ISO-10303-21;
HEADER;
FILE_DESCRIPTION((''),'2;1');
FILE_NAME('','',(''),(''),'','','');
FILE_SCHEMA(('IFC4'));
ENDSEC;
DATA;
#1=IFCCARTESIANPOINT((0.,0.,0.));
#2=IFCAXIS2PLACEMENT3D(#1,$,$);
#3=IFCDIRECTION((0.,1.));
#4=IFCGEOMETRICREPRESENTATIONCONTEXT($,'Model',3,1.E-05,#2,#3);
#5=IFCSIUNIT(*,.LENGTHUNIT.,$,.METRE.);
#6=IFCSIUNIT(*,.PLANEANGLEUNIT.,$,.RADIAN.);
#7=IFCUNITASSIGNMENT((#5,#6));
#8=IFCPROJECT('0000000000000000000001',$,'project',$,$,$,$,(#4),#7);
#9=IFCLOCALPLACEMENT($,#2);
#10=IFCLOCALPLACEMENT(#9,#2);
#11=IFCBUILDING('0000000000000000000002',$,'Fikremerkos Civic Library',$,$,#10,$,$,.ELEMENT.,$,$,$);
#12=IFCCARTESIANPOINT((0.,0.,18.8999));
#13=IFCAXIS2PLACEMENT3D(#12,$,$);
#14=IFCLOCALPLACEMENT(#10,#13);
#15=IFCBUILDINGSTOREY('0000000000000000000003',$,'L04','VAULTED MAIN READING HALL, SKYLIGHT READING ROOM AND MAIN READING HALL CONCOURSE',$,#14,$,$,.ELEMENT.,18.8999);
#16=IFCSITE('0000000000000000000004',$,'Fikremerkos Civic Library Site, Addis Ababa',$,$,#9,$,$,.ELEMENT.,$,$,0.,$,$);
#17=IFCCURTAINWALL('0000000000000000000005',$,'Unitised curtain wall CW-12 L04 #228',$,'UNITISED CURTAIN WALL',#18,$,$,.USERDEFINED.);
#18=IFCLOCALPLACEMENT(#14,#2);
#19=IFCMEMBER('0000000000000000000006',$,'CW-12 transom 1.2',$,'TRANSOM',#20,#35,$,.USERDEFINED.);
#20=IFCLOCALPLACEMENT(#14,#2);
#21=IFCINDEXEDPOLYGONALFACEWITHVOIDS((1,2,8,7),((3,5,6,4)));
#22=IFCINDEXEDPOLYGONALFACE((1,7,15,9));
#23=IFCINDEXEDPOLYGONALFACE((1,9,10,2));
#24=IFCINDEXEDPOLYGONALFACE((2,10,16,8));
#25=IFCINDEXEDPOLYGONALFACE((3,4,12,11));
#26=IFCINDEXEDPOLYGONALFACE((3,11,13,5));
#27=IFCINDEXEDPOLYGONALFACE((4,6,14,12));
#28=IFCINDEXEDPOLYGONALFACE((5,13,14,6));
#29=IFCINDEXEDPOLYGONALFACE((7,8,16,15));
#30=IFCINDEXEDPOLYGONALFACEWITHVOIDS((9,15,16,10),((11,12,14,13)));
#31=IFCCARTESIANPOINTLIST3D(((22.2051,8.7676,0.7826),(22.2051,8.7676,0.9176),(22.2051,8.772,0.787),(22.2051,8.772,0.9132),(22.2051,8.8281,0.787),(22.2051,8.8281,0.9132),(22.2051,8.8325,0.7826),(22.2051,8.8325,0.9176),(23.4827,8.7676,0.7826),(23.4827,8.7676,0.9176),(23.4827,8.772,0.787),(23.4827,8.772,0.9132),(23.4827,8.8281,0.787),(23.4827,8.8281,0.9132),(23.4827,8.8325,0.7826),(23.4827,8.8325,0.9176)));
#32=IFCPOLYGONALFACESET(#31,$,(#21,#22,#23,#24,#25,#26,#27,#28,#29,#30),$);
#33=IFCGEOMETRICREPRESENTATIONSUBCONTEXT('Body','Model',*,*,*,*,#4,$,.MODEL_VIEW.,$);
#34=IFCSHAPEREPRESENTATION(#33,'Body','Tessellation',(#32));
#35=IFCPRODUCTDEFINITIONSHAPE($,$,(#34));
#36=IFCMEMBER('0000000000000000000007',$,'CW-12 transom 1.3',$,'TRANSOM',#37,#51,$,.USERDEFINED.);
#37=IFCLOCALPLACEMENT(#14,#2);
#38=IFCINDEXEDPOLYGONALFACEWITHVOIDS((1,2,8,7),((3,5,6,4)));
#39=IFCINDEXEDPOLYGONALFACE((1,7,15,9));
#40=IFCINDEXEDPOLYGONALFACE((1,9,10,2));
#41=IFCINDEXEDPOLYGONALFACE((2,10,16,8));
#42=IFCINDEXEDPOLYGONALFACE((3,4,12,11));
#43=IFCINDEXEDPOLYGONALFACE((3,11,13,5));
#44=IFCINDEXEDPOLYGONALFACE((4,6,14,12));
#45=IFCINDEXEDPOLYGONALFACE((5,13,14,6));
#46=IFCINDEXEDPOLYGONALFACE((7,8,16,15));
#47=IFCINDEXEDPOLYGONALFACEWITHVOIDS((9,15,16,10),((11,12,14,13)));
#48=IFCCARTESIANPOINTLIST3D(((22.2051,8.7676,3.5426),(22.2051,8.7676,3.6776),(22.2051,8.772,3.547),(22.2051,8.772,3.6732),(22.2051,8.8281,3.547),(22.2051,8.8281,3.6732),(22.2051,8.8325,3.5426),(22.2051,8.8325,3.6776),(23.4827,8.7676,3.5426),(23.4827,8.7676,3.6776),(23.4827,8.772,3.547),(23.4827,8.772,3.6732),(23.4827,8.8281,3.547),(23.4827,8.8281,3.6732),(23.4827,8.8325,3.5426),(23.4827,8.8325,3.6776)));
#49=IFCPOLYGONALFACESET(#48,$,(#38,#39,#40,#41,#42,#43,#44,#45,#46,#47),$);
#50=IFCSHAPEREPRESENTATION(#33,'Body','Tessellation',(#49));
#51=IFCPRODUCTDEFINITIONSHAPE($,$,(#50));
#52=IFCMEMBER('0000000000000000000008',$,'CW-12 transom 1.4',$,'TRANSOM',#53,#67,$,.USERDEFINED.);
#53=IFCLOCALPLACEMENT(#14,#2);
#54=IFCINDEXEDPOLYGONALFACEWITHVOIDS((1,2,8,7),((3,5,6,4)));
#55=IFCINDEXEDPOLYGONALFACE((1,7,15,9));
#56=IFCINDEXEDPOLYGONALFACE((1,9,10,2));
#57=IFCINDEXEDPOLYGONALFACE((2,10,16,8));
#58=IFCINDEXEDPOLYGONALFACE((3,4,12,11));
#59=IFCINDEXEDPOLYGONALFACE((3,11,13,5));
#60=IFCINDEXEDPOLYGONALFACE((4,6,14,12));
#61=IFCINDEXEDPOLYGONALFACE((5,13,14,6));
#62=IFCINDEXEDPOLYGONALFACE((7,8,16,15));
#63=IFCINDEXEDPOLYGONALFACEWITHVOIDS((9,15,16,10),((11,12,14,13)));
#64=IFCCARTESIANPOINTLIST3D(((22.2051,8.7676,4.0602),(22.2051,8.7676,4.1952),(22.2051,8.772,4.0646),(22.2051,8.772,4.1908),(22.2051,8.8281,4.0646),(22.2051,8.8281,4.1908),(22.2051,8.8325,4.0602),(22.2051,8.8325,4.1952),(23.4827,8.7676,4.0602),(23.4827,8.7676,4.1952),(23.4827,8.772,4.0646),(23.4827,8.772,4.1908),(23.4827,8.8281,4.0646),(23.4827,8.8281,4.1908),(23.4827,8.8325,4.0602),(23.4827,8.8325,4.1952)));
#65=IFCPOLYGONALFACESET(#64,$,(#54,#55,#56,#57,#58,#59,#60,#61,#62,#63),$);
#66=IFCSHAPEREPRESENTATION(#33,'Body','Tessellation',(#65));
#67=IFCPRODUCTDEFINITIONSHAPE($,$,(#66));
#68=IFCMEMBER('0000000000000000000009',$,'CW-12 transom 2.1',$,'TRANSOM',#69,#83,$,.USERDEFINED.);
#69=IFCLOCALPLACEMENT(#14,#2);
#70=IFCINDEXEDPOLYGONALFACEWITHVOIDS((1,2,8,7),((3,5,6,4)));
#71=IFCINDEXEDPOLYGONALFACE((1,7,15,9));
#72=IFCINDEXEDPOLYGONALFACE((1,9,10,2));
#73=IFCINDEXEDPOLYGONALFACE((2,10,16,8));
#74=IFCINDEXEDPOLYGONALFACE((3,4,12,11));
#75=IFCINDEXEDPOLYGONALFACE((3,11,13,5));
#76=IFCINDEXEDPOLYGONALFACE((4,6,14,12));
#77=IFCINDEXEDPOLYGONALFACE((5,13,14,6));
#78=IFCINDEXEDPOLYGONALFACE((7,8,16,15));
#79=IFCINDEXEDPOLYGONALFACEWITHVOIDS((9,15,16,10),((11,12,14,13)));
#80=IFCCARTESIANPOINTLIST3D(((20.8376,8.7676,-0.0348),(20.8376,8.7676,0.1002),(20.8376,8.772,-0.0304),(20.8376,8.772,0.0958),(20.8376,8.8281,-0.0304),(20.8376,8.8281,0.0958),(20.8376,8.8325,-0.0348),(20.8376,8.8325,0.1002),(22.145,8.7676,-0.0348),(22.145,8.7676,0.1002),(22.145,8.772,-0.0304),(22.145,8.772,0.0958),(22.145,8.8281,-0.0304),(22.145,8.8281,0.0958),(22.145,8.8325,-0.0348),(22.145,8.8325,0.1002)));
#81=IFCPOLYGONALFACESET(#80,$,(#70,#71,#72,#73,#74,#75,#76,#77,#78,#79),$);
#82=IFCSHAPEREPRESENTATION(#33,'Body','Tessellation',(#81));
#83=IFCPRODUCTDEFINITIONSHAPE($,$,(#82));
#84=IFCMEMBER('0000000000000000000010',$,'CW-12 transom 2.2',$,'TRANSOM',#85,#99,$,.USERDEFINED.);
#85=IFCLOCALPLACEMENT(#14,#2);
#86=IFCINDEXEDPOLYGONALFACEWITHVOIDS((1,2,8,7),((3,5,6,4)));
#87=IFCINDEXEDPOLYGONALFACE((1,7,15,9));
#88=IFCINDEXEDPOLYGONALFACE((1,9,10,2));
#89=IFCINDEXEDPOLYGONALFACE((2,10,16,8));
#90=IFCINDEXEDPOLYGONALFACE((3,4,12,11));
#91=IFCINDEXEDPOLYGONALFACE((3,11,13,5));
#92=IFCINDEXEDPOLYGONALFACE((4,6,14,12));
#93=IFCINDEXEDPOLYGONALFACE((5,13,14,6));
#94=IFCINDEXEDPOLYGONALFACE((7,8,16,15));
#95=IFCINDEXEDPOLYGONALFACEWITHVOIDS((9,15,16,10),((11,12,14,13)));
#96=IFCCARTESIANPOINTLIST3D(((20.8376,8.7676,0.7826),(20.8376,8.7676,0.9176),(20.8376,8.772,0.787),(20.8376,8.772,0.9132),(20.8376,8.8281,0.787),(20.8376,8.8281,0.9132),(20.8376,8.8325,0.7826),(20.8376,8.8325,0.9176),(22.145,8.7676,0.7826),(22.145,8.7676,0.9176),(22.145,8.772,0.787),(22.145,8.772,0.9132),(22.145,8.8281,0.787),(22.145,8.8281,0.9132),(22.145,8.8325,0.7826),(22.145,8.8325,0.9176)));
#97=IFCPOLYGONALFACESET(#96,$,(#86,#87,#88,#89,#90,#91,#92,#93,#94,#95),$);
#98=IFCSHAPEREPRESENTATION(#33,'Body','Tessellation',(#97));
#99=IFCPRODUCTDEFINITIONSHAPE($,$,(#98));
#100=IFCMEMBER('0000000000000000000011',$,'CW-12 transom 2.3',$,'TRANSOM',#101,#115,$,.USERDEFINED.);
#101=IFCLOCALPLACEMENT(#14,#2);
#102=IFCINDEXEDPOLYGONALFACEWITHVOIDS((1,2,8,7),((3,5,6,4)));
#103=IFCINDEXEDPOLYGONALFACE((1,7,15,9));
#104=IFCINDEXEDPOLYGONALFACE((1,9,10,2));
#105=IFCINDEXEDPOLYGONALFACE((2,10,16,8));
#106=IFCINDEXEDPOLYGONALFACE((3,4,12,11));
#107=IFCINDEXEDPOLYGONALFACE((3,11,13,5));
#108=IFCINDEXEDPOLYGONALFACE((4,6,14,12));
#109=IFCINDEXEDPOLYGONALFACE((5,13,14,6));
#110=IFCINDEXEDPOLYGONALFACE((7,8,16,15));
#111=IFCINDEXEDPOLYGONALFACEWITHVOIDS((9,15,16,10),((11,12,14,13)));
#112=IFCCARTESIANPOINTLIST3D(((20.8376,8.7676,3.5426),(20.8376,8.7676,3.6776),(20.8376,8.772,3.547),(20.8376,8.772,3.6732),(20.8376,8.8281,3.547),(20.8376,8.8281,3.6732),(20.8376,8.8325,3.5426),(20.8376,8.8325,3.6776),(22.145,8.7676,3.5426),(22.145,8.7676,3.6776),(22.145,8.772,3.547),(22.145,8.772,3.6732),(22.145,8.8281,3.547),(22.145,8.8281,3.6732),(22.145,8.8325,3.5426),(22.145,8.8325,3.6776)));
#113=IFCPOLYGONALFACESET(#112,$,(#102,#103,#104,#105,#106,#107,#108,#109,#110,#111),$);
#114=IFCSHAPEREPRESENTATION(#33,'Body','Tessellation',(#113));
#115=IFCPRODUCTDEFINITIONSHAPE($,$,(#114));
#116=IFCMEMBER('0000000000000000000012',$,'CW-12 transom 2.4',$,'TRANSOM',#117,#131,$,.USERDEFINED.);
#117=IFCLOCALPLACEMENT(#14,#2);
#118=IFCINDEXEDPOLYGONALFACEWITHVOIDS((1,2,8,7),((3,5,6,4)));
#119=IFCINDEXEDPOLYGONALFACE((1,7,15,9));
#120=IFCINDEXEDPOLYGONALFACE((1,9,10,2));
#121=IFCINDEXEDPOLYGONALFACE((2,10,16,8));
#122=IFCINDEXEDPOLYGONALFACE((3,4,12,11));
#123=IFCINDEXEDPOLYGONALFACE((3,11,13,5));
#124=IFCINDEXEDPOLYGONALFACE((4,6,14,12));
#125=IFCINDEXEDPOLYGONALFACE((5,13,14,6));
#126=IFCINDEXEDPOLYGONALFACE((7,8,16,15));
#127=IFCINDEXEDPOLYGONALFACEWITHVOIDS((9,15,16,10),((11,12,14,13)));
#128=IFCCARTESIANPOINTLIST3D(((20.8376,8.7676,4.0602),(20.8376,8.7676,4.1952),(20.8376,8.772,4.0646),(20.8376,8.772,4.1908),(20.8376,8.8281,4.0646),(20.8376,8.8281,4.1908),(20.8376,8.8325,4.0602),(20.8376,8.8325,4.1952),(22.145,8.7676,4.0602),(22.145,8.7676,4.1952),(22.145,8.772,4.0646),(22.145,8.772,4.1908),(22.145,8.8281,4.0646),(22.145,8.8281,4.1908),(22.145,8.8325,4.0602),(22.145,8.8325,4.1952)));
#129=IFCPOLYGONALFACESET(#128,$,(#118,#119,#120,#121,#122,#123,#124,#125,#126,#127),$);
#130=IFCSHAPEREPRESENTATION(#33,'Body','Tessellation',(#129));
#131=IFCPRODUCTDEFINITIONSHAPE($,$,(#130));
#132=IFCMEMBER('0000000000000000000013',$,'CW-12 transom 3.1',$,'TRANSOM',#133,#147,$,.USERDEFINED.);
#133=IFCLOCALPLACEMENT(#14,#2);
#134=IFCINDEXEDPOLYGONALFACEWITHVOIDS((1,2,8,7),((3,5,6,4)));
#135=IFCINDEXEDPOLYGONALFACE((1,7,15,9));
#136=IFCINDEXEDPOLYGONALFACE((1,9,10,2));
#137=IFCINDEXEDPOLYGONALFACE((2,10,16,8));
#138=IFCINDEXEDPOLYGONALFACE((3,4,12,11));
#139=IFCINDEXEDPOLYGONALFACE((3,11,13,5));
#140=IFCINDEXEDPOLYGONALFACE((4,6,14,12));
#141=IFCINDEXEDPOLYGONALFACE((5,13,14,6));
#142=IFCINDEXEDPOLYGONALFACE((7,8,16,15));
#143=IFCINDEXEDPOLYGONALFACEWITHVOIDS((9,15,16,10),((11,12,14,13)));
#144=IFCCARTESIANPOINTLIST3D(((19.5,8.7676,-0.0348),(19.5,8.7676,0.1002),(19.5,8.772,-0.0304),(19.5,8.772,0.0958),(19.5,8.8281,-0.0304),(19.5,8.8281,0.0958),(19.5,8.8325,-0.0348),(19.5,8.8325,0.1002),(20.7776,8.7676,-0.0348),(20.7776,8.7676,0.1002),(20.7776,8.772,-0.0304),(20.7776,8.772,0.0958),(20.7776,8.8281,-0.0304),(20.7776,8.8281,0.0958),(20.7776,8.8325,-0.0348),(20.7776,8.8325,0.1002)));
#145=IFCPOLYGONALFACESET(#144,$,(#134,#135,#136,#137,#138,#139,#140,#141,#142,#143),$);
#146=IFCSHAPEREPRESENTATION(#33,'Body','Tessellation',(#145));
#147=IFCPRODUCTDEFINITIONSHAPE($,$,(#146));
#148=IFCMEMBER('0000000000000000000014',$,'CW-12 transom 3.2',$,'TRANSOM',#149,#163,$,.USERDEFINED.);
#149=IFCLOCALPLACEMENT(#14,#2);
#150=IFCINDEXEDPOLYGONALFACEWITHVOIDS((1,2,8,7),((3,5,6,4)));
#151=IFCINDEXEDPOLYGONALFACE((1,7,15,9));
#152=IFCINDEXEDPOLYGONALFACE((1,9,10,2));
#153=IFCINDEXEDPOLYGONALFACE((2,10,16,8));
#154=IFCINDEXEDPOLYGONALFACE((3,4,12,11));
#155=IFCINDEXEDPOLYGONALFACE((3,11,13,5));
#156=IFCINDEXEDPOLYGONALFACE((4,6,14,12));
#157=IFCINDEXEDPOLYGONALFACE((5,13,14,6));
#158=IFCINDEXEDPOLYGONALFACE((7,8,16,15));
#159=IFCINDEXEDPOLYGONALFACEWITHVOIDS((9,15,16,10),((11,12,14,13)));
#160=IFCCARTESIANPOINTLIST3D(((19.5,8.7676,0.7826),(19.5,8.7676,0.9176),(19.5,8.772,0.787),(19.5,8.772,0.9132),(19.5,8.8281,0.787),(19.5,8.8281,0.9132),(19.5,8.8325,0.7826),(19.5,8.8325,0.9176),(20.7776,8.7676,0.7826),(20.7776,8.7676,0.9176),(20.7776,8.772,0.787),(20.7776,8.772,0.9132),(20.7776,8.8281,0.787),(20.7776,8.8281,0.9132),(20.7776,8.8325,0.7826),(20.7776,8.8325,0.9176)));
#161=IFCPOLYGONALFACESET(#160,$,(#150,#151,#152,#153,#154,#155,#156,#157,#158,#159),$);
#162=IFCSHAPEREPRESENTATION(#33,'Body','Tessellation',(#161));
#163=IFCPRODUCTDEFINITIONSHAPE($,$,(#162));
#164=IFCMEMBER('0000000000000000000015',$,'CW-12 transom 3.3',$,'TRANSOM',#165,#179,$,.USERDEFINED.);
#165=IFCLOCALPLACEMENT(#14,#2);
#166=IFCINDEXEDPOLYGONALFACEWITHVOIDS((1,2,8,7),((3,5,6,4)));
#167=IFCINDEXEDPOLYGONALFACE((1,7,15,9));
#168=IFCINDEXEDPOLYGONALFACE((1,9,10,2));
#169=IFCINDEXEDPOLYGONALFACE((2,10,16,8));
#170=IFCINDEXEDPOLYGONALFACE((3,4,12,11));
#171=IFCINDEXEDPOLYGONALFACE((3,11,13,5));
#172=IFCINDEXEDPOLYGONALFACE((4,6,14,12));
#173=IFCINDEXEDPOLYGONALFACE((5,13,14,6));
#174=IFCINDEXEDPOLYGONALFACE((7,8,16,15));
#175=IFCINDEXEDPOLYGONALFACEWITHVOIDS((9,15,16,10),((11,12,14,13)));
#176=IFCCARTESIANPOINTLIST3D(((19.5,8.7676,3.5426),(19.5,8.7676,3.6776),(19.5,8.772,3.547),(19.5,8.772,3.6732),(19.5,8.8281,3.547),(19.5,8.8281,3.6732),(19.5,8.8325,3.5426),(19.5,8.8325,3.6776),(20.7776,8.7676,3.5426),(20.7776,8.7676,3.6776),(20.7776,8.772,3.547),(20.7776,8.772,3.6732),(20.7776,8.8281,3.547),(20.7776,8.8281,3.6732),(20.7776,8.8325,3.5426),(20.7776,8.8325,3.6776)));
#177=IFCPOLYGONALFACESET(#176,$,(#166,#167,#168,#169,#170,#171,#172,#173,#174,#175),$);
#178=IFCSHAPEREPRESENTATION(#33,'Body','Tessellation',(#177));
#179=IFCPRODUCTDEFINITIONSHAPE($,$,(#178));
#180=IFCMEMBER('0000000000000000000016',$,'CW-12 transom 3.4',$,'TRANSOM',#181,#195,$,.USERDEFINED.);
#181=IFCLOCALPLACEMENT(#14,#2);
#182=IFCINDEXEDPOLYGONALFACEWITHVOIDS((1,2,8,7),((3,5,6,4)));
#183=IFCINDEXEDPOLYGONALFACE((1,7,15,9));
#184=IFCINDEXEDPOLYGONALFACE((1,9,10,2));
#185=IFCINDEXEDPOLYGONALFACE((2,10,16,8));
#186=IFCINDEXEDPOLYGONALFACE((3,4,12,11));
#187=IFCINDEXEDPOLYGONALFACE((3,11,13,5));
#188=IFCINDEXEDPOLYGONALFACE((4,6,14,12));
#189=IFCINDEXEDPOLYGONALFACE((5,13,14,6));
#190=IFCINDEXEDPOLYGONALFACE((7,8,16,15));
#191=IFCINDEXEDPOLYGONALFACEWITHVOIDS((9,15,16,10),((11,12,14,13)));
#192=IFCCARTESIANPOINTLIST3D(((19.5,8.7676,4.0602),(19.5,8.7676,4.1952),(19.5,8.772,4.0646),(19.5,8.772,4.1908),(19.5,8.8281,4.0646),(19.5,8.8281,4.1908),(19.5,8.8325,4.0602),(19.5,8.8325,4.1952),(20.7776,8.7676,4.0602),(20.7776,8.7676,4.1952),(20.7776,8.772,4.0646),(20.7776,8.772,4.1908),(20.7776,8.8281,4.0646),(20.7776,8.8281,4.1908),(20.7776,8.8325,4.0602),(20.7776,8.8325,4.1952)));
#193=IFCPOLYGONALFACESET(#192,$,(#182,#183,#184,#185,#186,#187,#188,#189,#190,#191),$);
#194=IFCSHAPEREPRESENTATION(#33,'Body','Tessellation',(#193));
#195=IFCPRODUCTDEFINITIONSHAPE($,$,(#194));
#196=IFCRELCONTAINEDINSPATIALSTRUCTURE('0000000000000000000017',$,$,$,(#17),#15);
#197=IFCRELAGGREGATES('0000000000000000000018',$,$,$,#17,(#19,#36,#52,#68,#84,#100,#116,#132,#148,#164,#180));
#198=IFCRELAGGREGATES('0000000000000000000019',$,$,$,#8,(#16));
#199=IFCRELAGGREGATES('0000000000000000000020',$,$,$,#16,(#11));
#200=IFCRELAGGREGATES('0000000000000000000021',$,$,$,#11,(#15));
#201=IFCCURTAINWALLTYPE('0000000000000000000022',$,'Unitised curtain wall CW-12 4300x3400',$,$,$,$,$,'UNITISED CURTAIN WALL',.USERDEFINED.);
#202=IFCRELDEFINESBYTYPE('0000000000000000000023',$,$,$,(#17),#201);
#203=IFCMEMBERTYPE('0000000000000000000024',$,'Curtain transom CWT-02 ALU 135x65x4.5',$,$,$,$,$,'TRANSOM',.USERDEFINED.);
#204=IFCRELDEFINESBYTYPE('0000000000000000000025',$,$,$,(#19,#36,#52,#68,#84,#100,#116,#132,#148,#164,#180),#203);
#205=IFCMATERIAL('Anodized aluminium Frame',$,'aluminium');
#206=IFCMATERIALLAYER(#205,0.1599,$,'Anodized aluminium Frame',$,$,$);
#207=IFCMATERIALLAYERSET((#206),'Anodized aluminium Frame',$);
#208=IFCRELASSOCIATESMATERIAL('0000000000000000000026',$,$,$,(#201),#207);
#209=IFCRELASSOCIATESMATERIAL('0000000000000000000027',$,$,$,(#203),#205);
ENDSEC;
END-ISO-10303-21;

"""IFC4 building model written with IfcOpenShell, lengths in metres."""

from ifc_helpers import new_model, si_unit, direction, frame, origin, origin_2d, place, context, subcontext, project, spatial, hollow_rectangle, extrude, material, layer, layer_set, material_profile, profile_set, type_object, element, aggregate, save


model = new_model("IFC4")

# Units and contexts
model_context = context("Model", 3, precision=1e-05, world=origin(), true_north=direction((0.0, 1.0)))
body_context = subcontext(model_context, "Body", "Model", "MODEL_VIEW")
ifc_project = project(units=[si_unit("LENGTHUNIT", "METRE"), si_unit("PLANEANGLEUNIT", "RADIAN")], contexts=[model_context])

# Site, building, storey
site_placement = place(None, origin())
site = spatial("IfcSite", under=ifc_project, at=site_placement, Name="Fikremerkos Civic Library Site, Addis Ababa", CompositionType="ELEMENT", RefElevation=0.0)
building_placement = place(site_placement, origin())
building = spatial("IfcBuilding", under=site, at=building_placement, Name="Fikremerkos Civic Library", CompositionType="ELEMENT")
storey_placement = place(building_placement, frame((0.0, 0.0, 18.8999)))
storey = spatial("IfcBuildingStorey", under=building, at=storey_placement, Name="L04", Description="VAULTED MAIN READING HALL, SKYLIGHT READING ROOM AND MAIN READING HALL CONCOURSE", CompositionType="ELEMENT", Elevation=18.8999)

# Curtain wall
ifc_material_1 = material(Name="Anodized aluminium Frame", Category="aluminium")
ifc_layer_1 = layer(ifc_material_1, 0.1599, Name="Anodized aluminium Frame")
ifc_layer_set_1 = layer_set([ifc_layer_1], Name="Anodized aluminium Frame")
curtain_wall_type_1 = type_object("IfcCurtainWallType", Name="Unitised curtain wall CW-12 4300x3400", ElementType="UNITISED CURTAIN WALL", PredefinedType="USERDEFINED", material=ifc_layer_set_1)
curtain_wall_1_placement = place(storey_placement, origin())
curtain_wall_1 = element("IfcCurtainWall", 1, at=curtain_wall_1_placement, inside=storey, type_object=curtain_wall_type_1, Name="Unitised curtain wall CW-12 L04 #228", ObjectType="UNITISED CURTAIN WALL", PredefinedType="USERDEFINED")

# Members
ifc_material_profile_1 = material_profile(ifc_material_1, hollow_rectangle(XDim=0.0649, YDim=0.135, WallThickness=0.0044, at=origin_2d()), Name="ALU 135x65x4.5")
ifc_profile_set_1 = profile_set([ifc_material_profile_1], Name="Anodized aluminium Frame")
member_type_1 = type_object("IfcMemberType", Name="Curtain transom CWT-02 ALU 135x65x4.5", ElementType="TRANSOM", PredefinedType="USERDEFINED", material=ifc_profile_set_1)
member_1_placement = place(storey_placement, frame((23.4827, 8.8, 0.8501), z_axis=(-1.0, 0.0, 0.0), x_axis=(0.0, -1.0, 0.0)))
member_1 = element("IfcMember", 2, at=member_1_placement, type_object=member_type_1, Name="CW-12 transom 1.2", ObjectType="TRANSOM", PredefinedType="USERDEFINED", context=body_context, shape_type="SweptSolid", body=[
    extrude(hollow_rectangle(XDim=0.0649, YDim=0.135, WallThickness=0.0044, at=origin_2d()), origin(), (0.0, 0.0, 1.0), 1.2776),
])
member_2_placement = place(storey_placement, frame((23.4827, 8.8, 3.6101), z_axis=(-1.0, 0.0, 0.0), x_axis=(0.0, -1.0, 0.0)))
member_2 = element("IfcMember", 3, at=member_2_placement, type_object=member_type_1, Name="CW-12 transom 1.3", ObjectType="TRANSOM", PredefinedType="USERDEFINED", context=body_context, shape_type="SweptSolid", body=[
    extrude(hollow_rectangle(XDim=0.0649, YDim=0.135, WallThickness=0.0044, at=origin_2d()), origin(), (0.0, 0.0, 1.0), 1.2776),
])
member_3_placement = place(storey_placement, frame((23.4827, 8.8, 4.1277), z_axis=(-1.0, 0.0, 0.0), x_axis=(0.0, -1.0, 0.0)))
member_3 = element("IfcMember", 4, at=member_3_placement, type_object=member_type_1, Name="CW-12 transom 1.4", ObjectType="TRANSOM", PredefinedType="USERDEFINED", context=body_context, shape_type="SweptSolid", body=[
    extrude(hollow_rectangle(XDim=0.0649, YDim=0.135, WallThickness=0.0044, at=origin_2d()), origin(), (0.0, 0.0, 1.0), 1.2776),
])
member_4_placement = place(storey_placement, frame((22.145, 8.8, 0.0327), z_axis=(-1.0, 0.0, 0.0), x_axis=(0.0, -1.0, 0.0)))
member_4 = element("IfcMember", 5, at=member_4_placement, type_object=member_type_1, Name="CW-12 transom 2.1", ObjectType="TRANSOM", PredefinedType="USERDEFINED", context=body_context, shape_type="SweptSolid", body=[
    extrude(hollow_rectangle(XDim=0.0649, YDim=0.135, WallThickness=0.0044, at=origin_2d()), origin(), (0.0, 0.0, 1.0), 1.3074),
])
member_5_placement = place(storey_placement, frame((22.145, 8.8, 0.8501), z_axis=(-1.0, 0.0, 0.0), x_axis=(0.0, -1.0, 0.0)))
member_5 = element("IfcMember", 6, at=member_5_placement, type_object=member_type_1, Name="CW-12 transom 2.2", ObjectType="TRANSOM", PredefinedType="USERDEFINED", context=body_context, shape_type="SweptSolid", body=[
    extrude(hollow_rectangle(XDim=0.0649, YDim=0.135, WallThickness=0.0044, at=origin_2d()), origin(), (0.0, 0.0, 1.0), 1.3074),
])
member_6_placement = place(storey_placement, frame((22.145, 8.8, 3.6101), z_axis=(-1.0, 0.0, 0.0), x_axis=(0.0, -1.0, 0.0)))
member_6 = element("IfcMember", 7, at=member_6_placement, type_object=member_type_1, Name="CW-12 transom 2.3", ObjectType="TRANSOM", PredefinedType="USERDEFINED", context=body_context, shape_type="SweptSolid", body=[
    extrude(hollow_rectangle(XDim=0.0649, YDim=0.135, WallThickness=0.0044, at=origin_2d()), origin(), (0.0, 0.0, 1.0), 1.3074),
])
member_7_placement = place(storey_placement, frame((22.145, 8.8, 4.1277), z_axis=(-1.0, 0.0, 0.0), x_axis=(0.0, -1.0, 0.0)))
member_7 = element("IfcMember", 8, at=member_7_placement, type_object=member_type_1, Name="CW-12 transom 2.4", ObjectType="TRANSOM", PredefinedType="USERDEFINED", context=body_context, shape_type="SweptSolid", body=[
    extrude(hollow_rectangle(XDim=0.0649, YDim=0.135, WallThickness=0.0044, at=origin_2d()), origin(), (0.0, 0.0, 1.0), 1.3074),
])
member_8_placement = place(storey_placement, frame((20.7776, 8.8, 0.0327), z_axis=(-1.0, 0.0, 0.0), x_axis=(0.0, -1.0, 0.0)))
member_8 = element("IfcMember", 9, at=member_8_placement, type_object=member_type_1, Name="CW-12 transom 3.1", ObjectType="TRANSOM", PredefinedType="USERDEFINED", context=body_context, shape_type="SweptSolid", body=[
    extrude(hollow_rectangle(XDim=0.0649, YDim=0.135, WallThickness=0.0044, at=origin_2d()), origin(), (0.0, 0.0, 1.0), 1.2776),
])
member_9_placement = place(storey_placement, frame((20.7776, 8.8, 0.8501), z_axis=(-1.0, 0.0, 0.0), x_axis=(0.0, -1.0, 0.0)))
member_9 = element("IfcMember", 10, at=member_9_placement, type_object=member_type_1, Name="CW-12 transom 3.2", ObjectType="TRANSOM", PredefinedType="USERDEFINED", context=body_context, shape_type="SweptSolid", body=[
    extrude(hollow_rectangle(XDim=0.0649, YDim=0.135, WallThickness=0.0044, at=origin_2d()), origin(), (0.0, 0.0, 1.0), 1.2776),
])
member_10_placement = place(storey_placement, frame((20.7776, 8.8, 3.6101), z_axis=(-1.0, 0.0, 0.0), x_axis=(0.0, -1.0, 0.0)))
member_10 = element("IfcMember", 11, at=member_10_placement, type_object=member_type_1, Name="CW-12 transom 3.3", ObjectType="TRANSOM", PredefinedType="USERDEFINED", context=body_context, shape_type="SweptSolid", body=[
    extrude(hollow_rectangle(XDim=0.0649, YDim=0.135, WallThickness=0.0044, at=origin_2d()), origin(), (0.0, 0.0, 1.0), 1.2776),
])
member_11_placement = place(storey_placement, frame((20.7776, 8.8, 4.1277), z_axis=(-1.0, 0.0, 0.0), x_axis=(0.0, -1.0, 0.0)))
member_11 = element("IfcMember", 12, at=member_11_placement, type_object=member_type_1, Name="CW-12 transom 3.4", ObjectType="TRANSOM", PredefinedType="USERDEFINED", context=body_context, shape_type="SweptSolid", body=[
    extrude(hollow_rectangle(XDim=0.0649, YDim=0.135, WallThickness=0.0044, at=origin_2d()), origin(), (0.0, 0.0, 1.0), 1.2776),
])

aggregate(curtain_wall_1, [member_1, member_2, member_3, member_4, member_5, member_6, member_7, member_8, member_9, member_10, member_11])

save(model, "model.ifc")
